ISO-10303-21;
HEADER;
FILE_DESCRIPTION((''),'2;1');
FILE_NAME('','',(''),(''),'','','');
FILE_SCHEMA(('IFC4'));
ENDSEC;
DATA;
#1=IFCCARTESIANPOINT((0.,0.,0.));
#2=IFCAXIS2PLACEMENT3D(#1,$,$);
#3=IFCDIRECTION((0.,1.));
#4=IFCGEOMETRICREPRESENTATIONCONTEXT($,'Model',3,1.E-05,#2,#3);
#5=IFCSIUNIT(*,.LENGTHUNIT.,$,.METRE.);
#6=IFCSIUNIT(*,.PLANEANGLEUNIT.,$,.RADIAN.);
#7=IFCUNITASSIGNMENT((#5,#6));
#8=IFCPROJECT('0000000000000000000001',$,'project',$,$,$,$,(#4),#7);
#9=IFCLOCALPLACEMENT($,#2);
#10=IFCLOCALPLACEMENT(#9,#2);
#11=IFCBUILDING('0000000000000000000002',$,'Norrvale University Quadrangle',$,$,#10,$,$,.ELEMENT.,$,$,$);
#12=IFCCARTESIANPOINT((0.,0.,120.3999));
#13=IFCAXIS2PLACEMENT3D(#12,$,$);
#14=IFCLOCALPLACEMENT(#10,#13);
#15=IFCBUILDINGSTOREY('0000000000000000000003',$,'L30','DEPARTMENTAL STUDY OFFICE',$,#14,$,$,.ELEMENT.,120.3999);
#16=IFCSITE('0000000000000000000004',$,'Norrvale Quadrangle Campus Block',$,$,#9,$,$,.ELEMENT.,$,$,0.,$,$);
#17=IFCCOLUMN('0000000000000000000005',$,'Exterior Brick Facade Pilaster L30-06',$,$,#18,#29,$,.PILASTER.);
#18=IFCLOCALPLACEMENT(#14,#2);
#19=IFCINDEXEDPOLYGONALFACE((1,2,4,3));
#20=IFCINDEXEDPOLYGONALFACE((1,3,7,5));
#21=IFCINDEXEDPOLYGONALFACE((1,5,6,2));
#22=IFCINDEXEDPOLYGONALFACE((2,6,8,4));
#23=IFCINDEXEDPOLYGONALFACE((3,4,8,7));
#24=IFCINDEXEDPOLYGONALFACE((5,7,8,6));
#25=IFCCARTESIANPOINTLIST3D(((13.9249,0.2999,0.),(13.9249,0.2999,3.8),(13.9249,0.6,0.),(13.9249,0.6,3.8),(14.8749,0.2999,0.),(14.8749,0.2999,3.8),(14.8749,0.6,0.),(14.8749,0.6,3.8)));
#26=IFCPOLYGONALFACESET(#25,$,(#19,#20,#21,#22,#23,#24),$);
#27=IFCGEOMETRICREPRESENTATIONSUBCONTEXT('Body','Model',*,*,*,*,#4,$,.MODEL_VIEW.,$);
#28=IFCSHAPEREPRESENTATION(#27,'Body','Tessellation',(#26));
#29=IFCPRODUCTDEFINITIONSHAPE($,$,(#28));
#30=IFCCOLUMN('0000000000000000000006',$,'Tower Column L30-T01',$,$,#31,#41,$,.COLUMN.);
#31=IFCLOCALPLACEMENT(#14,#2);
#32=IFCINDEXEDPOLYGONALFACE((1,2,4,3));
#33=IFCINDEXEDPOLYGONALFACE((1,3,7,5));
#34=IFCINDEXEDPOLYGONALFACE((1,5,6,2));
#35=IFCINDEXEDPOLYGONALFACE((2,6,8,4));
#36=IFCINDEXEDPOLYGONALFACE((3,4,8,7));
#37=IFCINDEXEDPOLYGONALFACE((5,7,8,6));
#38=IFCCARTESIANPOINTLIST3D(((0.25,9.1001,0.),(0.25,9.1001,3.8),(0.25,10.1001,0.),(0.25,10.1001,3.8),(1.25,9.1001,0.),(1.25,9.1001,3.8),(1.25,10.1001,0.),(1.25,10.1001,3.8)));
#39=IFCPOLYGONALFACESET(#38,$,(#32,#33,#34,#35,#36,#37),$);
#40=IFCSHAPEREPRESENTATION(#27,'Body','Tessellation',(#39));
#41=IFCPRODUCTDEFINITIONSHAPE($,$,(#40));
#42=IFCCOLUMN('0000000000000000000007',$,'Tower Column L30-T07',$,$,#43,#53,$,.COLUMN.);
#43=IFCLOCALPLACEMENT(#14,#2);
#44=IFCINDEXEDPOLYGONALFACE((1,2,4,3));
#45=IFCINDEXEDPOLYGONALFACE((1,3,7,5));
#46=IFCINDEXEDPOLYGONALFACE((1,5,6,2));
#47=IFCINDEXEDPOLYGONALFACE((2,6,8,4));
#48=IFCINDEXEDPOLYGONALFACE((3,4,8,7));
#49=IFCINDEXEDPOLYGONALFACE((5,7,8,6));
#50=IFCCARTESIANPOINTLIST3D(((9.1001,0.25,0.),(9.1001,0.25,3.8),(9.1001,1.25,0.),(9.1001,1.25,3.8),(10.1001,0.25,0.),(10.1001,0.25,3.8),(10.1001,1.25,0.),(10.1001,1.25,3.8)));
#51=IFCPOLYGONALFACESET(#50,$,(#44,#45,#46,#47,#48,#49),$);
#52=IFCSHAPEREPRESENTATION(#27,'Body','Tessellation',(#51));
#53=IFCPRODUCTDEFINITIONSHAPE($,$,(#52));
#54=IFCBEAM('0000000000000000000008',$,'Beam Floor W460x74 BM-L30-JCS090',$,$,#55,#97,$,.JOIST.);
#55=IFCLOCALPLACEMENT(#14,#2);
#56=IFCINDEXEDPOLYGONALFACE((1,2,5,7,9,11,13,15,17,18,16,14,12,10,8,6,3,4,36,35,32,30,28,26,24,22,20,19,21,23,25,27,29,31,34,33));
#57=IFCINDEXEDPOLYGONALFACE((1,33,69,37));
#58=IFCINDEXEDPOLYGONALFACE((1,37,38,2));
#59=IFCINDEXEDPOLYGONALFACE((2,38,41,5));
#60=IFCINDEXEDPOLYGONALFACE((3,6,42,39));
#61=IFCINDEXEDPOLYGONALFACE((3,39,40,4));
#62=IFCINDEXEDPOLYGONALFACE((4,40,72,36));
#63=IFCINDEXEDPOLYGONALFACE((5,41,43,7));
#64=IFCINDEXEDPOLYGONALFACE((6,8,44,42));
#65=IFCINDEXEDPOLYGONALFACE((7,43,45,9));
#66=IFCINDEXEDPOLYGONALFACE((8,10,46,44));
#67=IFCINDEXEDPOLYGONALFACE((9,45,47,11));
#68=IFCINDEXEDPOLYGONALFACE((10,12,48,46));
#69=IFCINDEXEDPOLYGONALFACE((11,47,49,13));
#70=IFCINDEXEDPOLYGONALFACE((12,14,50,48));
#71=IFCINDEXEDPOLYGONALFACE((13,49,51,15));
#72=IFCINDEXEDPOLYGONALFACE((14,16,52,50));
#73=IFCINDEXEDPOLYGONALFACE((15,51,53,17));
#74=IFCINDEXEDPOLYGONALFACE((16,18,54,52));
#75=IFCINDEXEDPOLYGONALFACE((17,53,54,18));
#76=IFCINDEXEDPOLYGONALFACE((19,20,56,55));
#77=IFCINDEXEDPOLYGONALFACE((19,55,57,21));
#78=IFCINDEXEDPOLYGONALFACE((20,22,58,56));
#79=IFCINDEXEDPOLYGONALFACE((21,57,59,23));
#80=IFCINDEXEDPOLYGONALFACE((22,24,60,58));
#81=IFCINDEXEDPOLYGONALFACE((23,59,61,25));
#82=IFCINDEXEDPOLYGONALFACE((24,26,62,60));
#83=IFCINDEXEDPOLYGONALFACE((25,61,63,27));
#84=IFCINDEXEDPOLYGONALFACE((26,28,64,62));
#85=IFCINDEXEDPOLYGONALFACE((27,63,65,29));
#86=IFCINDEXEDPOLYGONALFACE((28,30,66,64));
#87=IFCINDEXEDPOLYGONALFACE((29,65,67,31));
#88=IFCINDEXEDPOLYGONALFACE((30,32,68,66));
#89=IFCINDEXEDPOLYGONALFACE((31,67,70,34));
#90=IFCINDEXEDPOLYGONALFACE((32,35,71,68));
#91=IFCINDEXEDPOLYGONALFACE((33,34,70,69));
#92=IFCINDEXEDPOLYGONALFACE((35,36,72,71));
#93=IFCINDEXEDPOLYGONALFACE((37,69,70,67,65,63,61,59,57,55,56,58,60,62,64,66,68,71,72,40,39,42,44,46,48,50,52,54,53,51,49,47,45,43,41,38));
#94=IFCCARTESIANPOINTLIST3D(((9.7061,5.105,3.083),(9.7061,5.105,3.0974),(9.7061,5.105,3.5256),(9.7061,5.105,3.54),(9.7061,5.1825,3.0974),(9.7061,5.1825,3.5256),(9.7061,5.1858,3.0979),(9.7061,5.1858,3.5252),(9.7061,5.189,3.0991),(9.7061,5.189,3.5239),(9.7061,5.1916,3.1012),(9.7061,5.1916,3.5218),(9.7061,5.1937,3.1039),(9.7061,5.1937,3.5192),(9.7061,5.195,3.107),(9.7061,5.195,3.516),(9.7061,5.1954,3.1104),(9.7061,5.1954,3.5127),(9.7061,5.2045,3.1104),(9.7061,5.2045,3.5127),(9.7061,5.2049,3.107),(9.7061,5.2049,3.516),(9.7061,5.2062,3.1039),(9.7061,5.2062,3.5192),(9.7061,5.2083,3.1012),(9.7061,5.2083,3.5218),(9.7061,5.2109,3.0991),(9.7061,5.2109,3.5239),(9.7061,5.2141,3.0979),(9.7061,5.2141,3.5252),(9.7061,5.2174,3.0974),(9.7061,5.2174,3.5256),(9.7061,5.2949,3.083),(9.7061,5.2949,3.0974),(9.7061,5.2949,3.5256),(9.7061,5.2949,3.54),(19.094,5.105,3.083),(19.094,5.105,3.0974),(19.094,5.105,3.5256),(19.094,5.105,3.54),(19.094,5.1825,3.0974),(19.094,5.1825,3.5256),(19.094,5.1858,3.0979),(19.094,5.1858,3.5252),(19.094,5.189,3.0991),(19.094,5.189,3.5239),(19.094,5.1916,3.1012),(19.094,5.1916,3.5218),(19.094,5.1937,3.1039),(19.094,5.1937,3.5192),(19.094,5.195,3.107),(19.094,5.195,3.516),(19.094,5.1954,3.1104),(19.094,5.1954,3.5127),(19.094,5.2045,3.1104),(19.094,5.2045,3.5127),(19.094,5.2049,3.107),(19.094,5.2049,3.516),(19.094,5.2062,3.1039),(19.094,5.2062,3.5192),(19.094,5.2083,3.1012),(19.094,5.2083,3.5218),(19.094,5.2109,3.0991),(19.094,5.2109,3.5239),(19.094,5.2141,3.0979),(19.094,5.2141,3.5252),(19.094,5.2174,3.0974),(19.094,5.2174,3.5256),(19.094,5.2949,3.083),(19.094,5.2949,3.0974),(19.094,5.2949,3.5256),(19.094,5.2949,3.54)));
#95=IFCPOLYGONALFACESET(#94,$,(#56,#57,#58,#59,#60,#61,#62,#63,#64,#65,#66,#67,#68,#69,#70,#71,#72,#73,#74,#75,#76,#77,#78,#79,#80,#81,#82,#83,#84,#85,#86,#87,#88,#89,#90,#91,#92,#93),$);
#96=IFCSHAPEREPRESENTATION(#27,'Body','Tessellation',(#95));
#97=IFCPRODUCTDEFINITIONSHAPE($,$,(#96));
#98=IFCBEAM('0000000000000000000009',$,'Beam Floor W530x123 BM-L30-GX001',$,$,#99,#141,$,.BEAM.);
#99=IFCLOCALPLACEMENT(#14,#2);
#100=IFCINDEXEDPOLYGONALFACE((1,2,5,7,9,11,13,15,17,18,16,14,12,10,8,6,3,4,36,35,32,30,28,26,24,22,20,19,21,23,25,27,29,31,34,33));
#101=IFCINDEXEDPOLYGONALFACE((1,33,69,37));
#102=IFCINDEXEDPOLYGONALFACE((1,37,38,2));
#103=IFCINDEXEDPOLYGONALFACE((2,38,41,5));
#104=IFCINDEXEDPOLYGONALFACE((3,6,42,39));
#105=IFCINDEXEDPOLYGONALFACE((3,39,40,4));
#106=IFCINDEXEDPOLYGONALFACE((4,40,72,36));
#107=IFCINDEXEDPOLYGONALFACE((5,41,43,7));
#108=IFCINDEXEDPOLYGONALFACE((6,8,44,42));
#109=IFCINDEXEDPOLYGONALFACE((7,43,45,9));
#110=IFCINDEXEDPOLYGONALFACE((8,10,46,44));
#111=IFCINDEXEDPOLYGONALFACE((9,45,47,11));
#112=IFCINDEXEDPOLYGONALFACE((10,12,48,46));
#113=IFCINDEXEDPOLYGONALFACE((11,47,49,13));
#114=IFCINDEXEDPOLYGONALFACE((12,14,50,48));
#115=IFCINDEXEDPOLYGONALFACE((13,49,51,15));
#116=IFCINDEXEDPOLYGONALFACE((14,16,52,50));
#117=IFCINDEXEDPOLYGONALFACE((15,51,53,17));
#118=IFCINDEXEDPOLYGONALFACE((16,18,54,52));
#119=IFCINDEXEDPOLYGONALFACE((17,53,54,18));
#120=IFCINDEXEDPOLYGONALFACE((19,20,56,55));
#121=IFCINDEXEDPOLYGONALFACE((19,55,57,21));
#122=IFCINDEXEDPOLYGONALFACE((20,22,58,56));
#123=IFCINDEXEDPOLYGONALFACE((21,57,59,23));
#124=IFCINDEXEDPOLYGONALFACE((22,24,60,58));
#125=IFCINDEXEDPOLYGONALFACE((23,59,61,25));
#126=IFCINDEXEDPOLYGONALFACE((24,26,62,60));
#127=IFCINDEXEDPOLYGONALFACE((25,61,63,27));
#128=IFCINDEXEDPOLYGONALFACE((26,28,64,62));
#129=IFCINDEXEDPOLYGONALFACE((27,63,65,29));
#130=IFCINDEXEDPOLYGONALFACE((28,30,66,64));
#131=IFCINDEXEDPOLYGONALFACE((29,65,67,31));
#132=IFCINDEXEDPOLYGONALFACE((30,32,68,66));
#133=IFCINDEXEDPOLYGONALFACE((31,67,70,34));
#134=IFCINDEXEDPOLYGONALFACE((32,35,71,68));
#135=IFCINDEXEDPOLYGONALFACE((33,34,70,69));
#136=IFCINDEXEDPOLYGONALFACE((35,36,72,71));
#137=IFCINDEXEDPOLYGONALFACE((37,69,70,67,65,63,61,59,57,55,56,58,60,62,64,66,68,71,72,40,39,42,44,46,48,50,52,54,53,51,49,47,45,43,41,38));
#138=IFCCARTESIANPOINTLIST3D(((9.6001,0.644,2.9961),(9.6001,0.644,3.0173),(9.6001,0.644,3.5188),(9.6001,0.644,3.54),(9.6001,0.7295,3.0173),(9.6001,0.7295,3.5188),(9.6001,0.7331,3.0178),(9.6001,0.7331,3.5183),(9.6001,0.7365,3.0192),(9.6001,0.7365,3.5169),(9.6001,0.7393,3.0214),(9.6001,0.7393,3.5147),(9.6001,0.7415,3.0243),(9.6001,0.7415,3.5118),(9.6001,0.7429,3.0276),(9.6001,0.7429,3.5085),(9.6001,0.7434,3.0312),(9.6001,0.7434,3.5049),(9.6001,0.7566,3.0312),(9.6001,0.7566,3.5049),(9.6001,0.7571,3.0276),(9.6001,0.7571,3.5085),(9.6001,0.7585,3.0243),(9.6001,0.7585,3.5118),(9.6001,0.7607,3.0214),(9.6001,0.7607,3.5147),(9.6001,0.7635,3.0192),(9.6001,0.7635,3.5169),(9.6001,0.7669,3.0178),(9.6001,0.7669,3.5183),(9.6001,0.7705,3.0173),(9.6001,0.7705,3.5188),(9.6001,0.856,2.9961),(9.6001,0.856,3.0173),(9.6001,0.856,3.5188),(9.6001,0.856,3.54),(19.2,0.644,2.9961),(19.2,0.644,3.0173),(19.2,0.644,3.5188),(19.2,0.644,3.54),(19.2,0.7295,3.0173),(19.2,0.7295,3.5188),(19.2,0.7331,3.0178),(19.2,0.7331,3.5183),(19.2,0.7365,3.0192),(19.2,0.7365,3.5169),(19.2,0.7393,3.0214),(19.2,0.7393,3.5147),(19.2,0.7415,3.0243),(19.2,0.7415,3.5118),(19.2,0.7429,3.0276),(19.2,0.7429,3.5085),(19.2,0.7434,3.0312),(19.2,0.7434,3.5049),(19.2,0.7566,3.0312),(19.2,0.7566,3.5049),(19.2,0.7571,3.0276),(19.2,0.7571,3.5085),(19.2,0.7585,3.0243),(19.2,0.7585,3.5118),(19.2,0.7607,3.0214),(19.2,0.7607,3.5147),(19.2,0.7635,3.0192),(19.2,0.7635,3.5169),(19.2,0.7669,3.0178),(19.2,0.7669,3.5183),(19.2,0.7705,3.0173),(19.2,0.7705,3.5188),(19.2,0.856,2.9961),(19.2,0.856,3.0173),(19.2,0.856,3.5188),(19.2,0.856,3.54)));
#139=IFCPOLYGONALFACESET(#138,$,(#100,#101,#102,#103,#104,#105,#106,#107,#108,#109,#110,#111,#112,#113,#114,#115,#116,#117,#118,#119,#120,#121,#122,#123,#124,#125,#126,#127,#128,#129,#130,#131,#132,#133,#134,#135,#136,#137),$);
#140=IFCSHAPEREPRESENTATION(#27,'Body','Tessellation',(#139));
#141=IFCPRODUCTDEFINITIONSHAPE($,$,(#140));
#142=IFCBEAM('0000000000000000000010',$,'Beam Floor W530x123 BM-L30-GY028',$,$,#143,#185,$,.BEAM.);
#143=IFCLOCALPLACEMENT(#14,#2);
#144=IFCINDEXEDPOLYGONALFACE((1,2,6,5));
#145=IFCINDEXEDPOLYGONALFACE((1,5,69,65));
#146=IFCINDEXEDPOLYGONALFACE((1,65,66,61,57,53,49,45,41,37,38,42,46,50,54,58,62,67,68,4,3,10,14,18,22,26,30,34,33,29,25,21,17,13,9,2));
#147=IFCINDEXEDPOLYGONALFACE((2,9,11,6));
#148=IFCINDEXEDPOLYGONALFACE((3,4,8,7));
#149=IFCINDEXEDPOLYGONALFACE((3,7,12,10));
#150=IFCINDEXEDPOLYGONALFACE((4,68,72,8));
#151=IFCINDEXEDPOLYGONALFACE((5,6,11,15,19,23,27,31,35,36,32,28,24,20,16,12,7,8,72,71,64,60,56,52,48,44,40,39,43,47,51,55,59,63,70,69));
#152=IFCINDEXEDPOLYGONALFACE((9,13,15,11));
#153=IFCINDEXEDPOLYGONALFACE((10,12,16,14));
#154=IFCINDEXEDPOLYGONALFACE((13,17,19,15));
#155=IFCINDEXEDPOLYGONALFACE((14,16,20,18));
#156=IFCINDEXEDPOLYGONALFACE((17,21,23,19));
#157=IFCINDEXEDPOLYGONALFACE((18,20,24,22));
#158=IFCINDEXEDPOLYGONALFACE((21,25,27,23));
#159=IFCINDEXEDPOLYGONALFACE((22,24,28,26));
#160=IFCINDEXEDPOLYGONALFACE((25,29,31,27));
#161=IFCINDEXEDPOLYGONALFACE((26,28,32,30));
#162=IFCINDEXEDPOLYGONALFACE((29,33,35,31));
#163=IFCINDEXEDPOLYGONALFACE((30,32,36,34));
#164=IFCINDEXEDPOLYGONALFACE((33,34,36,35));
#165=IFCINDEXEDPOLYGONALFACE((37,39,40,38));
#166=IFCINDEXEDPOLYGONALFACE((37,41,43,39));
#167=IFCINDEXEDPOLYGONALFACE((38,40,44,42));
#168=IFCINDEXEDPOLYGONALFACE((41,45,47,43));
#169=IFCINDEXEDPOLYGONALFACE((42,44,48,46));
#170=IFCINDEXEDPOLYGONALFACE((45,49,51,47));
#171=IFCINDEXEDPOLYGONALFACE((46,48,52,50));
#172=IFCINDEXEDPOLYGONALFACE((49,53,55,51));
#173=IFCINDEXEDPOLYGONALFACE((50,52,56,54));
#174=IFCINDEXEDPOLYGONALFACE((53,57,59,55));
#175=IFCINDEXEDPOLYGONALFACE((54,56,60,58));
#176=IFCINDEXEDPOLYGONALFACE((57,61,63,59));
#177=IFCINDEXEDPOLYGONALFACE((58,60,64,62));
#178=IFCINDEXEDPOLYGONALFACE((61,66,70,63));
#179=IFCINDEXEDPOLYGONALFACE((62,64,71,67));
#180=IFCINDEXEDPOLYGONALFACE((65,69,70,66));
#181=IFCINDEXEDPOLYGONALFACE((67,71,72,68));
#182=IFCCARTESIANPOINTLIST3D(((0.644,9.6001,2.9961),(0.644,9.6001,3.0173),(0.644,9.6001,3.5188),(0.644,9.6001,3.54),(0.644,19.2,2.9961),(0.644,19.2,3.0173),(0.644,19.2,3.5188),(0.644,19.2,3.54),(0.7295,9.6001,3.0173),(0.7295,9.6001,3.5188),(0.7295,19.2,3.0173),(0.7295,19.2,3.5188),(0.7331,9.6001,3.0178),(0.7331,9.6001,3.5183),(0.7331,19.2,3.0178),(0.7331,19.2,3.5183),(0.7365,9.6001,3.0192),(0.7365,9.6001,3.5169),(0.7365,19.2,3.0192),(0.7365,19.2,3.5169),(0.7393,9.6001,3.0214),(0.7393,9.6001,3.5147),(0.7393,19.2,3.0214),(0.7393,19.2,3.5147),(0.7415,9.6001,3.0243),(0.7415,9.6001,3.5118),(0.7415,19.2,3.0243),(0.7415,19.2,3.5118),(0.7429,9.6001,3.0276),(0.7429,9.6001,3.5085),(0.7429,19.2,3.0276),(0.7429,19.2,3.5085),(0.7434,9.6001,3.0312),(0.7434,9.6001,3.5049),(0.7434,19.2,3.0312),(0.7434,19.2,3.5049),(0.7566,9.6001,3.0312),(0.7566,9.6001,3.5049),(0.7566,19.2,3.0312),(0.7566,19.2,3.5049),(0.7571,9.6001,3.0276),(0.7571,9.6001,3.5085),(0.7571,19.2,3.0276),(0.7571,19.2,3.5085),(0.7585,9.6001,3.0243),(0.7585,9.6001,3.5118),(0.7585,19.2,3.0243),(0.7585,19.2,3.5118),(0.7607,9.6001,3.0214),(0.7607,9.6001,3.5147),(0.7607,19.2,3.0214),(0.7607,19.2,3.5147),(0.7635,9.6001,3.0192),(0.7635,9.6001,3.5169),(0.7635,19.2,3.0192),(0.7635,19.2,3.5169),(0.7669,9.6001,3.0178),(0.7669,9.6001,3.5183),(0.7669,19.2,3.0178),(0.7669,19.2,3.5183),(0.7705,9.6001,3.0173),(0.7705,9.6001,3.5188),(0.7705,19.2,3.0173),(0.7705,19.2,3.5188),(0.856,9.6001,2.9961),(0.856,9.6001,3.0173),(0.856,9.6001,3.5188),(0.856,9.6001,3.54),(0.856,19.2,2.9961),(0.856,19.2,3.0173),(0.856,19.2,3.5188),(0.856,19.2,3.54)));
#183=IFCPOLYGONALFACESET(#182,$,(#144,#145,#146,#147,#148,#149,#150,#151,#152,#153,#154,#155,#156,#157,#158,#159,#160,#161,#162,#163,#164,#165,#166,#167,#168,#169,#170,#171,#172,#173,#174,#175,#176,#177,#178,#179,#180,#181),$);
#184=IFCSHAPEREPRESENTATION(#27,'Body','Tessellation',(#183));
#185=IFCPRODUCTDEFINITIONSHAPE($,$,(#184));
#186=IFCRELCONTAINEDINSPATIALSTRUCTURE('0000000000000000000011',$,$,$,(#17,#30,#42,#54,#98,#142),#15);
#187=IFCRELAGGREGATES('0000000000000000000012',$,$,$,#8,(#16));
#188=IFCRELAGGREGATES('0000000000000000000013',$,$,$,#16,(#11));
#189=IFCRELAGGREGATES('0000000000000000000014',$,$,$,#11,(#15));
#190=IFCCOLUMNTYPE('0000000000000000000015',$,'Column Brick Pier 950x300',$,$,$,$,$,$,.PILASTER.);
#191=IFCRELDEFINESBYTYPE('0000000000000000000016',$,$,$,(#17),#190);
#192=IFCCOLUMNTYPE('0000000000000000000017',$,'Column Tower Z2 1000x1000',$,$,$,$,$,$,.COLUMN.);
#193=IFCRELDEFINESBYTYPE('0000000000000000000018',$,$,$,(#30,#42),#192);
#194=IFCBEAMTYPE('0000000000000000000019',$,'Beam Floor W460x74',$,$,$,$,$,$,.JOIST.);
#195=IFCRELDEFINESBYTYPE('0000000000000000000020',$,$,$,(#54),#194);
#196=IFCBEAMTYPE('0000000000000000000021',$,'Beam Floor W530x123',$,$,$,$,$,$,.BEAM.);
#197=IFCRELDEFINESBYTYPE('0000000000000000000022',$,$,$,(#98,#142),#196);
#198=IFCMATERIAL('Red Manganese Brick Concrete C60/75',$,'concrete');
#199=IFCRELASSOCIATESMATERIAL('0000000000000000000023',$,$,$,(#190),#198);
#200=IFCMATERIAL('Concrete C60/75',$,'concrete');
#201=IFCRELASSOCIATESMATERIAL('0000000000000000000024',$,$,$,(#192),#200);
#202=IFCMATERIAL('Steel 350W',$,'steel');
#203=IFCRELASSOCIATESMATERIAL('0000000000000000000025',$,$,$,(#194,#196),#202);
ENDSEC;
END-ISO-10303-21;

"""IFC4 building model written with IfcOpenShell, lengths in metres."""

from ifc_helpers import new_model, si_unit, direction, frame, origin, origin_2d, place, context, subcontext, project, spatial, rectangle, i_section, extrude, material, material_profile, profile_set, type_object, element, save


model = new_model("IFC4")

# Units and contexts
model_context = context("Model", 3, precision=1e-05, world=origin(), true_north=direction((0.0, 1.0)))
body_context = subcontext(model_context, "Body", "Model", "MODEL_VIEW")
ifc_project = project(units=[si_unit("LENGTHUNIT", "METRE"), si_unit("PLANEANGLEUNIT", "RADIAN")], contexts=[model_context])

# Site, building, storey
site_placement = place(None, origin())
site = spatial("IfcSite", under=ifc_project, at=site_placement, Name="Norrvale Quadrangle Campus Block", CompositionType="ELEMENT", RefElevation=0.0)
building_placement = place(site_placement, origin())
building = spatial("IfcBuilding", under=site, at=building_placement, Name="Norrvale University Quadrangle", CompositionType="ELEMENT")
storey_placement = place(building_placement, frame((0.0, 0.0, 120.3999)))
storey = spatial("IfcBuildingStorey", under=building, at=storey_placement, Name="L30", Description="DEPARTMENTAL STUDY OFFICE", CompositionType="ELEMENT", Elevation=120.3999)

# Columns
ifc_material_1 = material(Name="Red Manganese Brick Concrete C60/75", Category="concrete")
ifc_material_profile_1 = material_profile(ifc_material_1, rectangle(XDim=0.95, YDim=0.3, at=origin_2d()), Name="Red Manganese Brick Concrete C60/75")
ifc_profile_set_1 = profile_set([ifc_material_profile_1], Name="Red Manganese Brick Concrete C60/75")
column_type_1 = type_object("IfcColumnType", Name="Column Brick Pier 950x300", PredefinedType="PILASTER", material=ifc_profile_set_1)
column_placement = place(storey_placement, frame((14.3999, 0.45, 0.0), z_axis=(0.0, 0.0, 1.0), x_axis=(1.0, 0.0, 0.0)))
element("IfcColumn", 1, at=column_placement, inside=storey, type_object=column_type_1, Name="Exterior Brick Facade Pilaster L30-06", PredefinedType="PILASTER", context=body_context, shape_type="SweptSolid", body=[
    extrude(rectangle(XDim=0.95, YDim=0.3, at=origin_2d()), origin(), (0.0, 0.0, 1.0), 3.8),
])
ifc_material_2 = material(Name="Concrete C60/75", Category="concrete")
ifc_material_profile_2 = material_profile(ifc_material_2, rectangle(XDim=1.0, YDim=1.0, at=origin_2d()), Name="Concrete C60/75")
ifc_profile_set_2 = profile_set([ifc_material_profile_2], Name="Concrete C60/75")
column_type_2 = type_object("IfcColumnType", Name="Column Tower Z2 1000x1000", PredefinedType="COLUMN", material=ifc_profile_set_2)
for number, where, z_axis, x_axis, name in (
    (2, (0.75, 9.6001, 0.0), (0.0, 0.0, 1.0), (1.0, 0.0, 0.0), "Tower Column L30-T01"),
    (3, (9.6001, 0.75, 0.0), (0.0, 0.0, 1.0), (1.0, 0.0, 0.0), "Tower Column L30-T07"),
):
    element("IfcColumn", number, at=place(storey_placement, frame(where, z_axis=z_axis, x_axis=x_axis)), inside=storey, type_object=column_type_2, Name=name, PredefinedType="COLUMN", context=body_context, shape_type="SweptSolid", body=[
        extrude(rectangle(XDim=1.0, YDim=1.0, at=origin_2d()), origin(), (0.0, 0.0, 1.0), 3.8),
    ])

# Beams
ifc_material_3 = material(Name="Steel 350W", Category="steel")
ifc_material_profile_3 = material_profile(ifc_material_3, i_section(OverallWidth=0.1899, OverallDepth=0.457, WebThickness=0.009, FlangeThickness=0.0144, FilletRadius=0.0129, at=origin_2d()), Name="Steel 350W")
ifc_profile_set_3 = profile_set([ifc_material_profile_3], Name="Steel 350W")
beam_type_1 = type_object("IfcBeamType", Name="Beam Floor W460x74", PredefinedType="JOIST", material=ifc_profile_set_3)
beam_1_placement = place(storey_placement, frame((9.7061, 5.2, 3.3115), z_axis=(1.0, 0.0, 0.0), x_axis=(0.0, 1.0, 0.0)))
element("IfcBeam", 4, at=beam_1_placement, inside=storey, type_object=beam_type_1, Name="Beam Floor W460x74 BM-L30-JCS090", PredefinedType="JOIST", context=body_context, shape_type="SweptSolid", body=[
    extrude(i_section(OverallWidth=0.1899, OverallDepth=0.457, WebThickness=0.009, FlangeThickness=0.0144, FilletRadius=0.0129, at=origin_2d()), origin(), (0.0, 0.0, 1.0), 9.3879),
])
ifc_material_profile_4 = material_profile(ifc_material_3, i_section(OverallWidth=0.2119, OverallDepth=0.5439, WebThickness=0.0132, FlangeThickness=0.0212, FilletRadius=0.0139, at=origin_2d()), Name="Steel 350W")
ifc_profile_set_4 = profile_set([ifc_material_profile_4], Name="Steel 350W")
beam_type_2 = type_object("IfcBeamType", Name="Beam Floor W530x123", PredefinedType="BEAM", material=ifc_profile_set_4)
for number, where, z_axis, x_axis, name in (
    (5, (9.6001, 0.75, 3.2681), (1.0, 0.0, 0.0), (0.0, 1.0, 0.0), "Beam Floor W530x123 BM-L30-GX001"),
    (6, (0.75, 9.6001, 3.2681), (0.0, 1.0, 0.0), (-1.0, 0.0, 0.0), "Beam Floor W530x123 BM-L30-GY028"),
):
    element("IfcBeam", number, at=place(storey_placement, frame(where, z_axis=z_axis, x_axis=x_axis)), inside=storey, type_object=beam_type_2, Name=name, PredefinedType="BEAM", context=body_context, shape_type="SweptSolid", body=[
        extrude(i_section(OverallWidth=0.2119, OverallDepth=0.5439, WebThickness=0.0132, FlangeThickness=0.0212, FilletRadius=0.0139, at=origin_2d()), origin(), (0.0, 0.0, 1.0), 9.5999),
    ])

save(model, "model.ifc")
